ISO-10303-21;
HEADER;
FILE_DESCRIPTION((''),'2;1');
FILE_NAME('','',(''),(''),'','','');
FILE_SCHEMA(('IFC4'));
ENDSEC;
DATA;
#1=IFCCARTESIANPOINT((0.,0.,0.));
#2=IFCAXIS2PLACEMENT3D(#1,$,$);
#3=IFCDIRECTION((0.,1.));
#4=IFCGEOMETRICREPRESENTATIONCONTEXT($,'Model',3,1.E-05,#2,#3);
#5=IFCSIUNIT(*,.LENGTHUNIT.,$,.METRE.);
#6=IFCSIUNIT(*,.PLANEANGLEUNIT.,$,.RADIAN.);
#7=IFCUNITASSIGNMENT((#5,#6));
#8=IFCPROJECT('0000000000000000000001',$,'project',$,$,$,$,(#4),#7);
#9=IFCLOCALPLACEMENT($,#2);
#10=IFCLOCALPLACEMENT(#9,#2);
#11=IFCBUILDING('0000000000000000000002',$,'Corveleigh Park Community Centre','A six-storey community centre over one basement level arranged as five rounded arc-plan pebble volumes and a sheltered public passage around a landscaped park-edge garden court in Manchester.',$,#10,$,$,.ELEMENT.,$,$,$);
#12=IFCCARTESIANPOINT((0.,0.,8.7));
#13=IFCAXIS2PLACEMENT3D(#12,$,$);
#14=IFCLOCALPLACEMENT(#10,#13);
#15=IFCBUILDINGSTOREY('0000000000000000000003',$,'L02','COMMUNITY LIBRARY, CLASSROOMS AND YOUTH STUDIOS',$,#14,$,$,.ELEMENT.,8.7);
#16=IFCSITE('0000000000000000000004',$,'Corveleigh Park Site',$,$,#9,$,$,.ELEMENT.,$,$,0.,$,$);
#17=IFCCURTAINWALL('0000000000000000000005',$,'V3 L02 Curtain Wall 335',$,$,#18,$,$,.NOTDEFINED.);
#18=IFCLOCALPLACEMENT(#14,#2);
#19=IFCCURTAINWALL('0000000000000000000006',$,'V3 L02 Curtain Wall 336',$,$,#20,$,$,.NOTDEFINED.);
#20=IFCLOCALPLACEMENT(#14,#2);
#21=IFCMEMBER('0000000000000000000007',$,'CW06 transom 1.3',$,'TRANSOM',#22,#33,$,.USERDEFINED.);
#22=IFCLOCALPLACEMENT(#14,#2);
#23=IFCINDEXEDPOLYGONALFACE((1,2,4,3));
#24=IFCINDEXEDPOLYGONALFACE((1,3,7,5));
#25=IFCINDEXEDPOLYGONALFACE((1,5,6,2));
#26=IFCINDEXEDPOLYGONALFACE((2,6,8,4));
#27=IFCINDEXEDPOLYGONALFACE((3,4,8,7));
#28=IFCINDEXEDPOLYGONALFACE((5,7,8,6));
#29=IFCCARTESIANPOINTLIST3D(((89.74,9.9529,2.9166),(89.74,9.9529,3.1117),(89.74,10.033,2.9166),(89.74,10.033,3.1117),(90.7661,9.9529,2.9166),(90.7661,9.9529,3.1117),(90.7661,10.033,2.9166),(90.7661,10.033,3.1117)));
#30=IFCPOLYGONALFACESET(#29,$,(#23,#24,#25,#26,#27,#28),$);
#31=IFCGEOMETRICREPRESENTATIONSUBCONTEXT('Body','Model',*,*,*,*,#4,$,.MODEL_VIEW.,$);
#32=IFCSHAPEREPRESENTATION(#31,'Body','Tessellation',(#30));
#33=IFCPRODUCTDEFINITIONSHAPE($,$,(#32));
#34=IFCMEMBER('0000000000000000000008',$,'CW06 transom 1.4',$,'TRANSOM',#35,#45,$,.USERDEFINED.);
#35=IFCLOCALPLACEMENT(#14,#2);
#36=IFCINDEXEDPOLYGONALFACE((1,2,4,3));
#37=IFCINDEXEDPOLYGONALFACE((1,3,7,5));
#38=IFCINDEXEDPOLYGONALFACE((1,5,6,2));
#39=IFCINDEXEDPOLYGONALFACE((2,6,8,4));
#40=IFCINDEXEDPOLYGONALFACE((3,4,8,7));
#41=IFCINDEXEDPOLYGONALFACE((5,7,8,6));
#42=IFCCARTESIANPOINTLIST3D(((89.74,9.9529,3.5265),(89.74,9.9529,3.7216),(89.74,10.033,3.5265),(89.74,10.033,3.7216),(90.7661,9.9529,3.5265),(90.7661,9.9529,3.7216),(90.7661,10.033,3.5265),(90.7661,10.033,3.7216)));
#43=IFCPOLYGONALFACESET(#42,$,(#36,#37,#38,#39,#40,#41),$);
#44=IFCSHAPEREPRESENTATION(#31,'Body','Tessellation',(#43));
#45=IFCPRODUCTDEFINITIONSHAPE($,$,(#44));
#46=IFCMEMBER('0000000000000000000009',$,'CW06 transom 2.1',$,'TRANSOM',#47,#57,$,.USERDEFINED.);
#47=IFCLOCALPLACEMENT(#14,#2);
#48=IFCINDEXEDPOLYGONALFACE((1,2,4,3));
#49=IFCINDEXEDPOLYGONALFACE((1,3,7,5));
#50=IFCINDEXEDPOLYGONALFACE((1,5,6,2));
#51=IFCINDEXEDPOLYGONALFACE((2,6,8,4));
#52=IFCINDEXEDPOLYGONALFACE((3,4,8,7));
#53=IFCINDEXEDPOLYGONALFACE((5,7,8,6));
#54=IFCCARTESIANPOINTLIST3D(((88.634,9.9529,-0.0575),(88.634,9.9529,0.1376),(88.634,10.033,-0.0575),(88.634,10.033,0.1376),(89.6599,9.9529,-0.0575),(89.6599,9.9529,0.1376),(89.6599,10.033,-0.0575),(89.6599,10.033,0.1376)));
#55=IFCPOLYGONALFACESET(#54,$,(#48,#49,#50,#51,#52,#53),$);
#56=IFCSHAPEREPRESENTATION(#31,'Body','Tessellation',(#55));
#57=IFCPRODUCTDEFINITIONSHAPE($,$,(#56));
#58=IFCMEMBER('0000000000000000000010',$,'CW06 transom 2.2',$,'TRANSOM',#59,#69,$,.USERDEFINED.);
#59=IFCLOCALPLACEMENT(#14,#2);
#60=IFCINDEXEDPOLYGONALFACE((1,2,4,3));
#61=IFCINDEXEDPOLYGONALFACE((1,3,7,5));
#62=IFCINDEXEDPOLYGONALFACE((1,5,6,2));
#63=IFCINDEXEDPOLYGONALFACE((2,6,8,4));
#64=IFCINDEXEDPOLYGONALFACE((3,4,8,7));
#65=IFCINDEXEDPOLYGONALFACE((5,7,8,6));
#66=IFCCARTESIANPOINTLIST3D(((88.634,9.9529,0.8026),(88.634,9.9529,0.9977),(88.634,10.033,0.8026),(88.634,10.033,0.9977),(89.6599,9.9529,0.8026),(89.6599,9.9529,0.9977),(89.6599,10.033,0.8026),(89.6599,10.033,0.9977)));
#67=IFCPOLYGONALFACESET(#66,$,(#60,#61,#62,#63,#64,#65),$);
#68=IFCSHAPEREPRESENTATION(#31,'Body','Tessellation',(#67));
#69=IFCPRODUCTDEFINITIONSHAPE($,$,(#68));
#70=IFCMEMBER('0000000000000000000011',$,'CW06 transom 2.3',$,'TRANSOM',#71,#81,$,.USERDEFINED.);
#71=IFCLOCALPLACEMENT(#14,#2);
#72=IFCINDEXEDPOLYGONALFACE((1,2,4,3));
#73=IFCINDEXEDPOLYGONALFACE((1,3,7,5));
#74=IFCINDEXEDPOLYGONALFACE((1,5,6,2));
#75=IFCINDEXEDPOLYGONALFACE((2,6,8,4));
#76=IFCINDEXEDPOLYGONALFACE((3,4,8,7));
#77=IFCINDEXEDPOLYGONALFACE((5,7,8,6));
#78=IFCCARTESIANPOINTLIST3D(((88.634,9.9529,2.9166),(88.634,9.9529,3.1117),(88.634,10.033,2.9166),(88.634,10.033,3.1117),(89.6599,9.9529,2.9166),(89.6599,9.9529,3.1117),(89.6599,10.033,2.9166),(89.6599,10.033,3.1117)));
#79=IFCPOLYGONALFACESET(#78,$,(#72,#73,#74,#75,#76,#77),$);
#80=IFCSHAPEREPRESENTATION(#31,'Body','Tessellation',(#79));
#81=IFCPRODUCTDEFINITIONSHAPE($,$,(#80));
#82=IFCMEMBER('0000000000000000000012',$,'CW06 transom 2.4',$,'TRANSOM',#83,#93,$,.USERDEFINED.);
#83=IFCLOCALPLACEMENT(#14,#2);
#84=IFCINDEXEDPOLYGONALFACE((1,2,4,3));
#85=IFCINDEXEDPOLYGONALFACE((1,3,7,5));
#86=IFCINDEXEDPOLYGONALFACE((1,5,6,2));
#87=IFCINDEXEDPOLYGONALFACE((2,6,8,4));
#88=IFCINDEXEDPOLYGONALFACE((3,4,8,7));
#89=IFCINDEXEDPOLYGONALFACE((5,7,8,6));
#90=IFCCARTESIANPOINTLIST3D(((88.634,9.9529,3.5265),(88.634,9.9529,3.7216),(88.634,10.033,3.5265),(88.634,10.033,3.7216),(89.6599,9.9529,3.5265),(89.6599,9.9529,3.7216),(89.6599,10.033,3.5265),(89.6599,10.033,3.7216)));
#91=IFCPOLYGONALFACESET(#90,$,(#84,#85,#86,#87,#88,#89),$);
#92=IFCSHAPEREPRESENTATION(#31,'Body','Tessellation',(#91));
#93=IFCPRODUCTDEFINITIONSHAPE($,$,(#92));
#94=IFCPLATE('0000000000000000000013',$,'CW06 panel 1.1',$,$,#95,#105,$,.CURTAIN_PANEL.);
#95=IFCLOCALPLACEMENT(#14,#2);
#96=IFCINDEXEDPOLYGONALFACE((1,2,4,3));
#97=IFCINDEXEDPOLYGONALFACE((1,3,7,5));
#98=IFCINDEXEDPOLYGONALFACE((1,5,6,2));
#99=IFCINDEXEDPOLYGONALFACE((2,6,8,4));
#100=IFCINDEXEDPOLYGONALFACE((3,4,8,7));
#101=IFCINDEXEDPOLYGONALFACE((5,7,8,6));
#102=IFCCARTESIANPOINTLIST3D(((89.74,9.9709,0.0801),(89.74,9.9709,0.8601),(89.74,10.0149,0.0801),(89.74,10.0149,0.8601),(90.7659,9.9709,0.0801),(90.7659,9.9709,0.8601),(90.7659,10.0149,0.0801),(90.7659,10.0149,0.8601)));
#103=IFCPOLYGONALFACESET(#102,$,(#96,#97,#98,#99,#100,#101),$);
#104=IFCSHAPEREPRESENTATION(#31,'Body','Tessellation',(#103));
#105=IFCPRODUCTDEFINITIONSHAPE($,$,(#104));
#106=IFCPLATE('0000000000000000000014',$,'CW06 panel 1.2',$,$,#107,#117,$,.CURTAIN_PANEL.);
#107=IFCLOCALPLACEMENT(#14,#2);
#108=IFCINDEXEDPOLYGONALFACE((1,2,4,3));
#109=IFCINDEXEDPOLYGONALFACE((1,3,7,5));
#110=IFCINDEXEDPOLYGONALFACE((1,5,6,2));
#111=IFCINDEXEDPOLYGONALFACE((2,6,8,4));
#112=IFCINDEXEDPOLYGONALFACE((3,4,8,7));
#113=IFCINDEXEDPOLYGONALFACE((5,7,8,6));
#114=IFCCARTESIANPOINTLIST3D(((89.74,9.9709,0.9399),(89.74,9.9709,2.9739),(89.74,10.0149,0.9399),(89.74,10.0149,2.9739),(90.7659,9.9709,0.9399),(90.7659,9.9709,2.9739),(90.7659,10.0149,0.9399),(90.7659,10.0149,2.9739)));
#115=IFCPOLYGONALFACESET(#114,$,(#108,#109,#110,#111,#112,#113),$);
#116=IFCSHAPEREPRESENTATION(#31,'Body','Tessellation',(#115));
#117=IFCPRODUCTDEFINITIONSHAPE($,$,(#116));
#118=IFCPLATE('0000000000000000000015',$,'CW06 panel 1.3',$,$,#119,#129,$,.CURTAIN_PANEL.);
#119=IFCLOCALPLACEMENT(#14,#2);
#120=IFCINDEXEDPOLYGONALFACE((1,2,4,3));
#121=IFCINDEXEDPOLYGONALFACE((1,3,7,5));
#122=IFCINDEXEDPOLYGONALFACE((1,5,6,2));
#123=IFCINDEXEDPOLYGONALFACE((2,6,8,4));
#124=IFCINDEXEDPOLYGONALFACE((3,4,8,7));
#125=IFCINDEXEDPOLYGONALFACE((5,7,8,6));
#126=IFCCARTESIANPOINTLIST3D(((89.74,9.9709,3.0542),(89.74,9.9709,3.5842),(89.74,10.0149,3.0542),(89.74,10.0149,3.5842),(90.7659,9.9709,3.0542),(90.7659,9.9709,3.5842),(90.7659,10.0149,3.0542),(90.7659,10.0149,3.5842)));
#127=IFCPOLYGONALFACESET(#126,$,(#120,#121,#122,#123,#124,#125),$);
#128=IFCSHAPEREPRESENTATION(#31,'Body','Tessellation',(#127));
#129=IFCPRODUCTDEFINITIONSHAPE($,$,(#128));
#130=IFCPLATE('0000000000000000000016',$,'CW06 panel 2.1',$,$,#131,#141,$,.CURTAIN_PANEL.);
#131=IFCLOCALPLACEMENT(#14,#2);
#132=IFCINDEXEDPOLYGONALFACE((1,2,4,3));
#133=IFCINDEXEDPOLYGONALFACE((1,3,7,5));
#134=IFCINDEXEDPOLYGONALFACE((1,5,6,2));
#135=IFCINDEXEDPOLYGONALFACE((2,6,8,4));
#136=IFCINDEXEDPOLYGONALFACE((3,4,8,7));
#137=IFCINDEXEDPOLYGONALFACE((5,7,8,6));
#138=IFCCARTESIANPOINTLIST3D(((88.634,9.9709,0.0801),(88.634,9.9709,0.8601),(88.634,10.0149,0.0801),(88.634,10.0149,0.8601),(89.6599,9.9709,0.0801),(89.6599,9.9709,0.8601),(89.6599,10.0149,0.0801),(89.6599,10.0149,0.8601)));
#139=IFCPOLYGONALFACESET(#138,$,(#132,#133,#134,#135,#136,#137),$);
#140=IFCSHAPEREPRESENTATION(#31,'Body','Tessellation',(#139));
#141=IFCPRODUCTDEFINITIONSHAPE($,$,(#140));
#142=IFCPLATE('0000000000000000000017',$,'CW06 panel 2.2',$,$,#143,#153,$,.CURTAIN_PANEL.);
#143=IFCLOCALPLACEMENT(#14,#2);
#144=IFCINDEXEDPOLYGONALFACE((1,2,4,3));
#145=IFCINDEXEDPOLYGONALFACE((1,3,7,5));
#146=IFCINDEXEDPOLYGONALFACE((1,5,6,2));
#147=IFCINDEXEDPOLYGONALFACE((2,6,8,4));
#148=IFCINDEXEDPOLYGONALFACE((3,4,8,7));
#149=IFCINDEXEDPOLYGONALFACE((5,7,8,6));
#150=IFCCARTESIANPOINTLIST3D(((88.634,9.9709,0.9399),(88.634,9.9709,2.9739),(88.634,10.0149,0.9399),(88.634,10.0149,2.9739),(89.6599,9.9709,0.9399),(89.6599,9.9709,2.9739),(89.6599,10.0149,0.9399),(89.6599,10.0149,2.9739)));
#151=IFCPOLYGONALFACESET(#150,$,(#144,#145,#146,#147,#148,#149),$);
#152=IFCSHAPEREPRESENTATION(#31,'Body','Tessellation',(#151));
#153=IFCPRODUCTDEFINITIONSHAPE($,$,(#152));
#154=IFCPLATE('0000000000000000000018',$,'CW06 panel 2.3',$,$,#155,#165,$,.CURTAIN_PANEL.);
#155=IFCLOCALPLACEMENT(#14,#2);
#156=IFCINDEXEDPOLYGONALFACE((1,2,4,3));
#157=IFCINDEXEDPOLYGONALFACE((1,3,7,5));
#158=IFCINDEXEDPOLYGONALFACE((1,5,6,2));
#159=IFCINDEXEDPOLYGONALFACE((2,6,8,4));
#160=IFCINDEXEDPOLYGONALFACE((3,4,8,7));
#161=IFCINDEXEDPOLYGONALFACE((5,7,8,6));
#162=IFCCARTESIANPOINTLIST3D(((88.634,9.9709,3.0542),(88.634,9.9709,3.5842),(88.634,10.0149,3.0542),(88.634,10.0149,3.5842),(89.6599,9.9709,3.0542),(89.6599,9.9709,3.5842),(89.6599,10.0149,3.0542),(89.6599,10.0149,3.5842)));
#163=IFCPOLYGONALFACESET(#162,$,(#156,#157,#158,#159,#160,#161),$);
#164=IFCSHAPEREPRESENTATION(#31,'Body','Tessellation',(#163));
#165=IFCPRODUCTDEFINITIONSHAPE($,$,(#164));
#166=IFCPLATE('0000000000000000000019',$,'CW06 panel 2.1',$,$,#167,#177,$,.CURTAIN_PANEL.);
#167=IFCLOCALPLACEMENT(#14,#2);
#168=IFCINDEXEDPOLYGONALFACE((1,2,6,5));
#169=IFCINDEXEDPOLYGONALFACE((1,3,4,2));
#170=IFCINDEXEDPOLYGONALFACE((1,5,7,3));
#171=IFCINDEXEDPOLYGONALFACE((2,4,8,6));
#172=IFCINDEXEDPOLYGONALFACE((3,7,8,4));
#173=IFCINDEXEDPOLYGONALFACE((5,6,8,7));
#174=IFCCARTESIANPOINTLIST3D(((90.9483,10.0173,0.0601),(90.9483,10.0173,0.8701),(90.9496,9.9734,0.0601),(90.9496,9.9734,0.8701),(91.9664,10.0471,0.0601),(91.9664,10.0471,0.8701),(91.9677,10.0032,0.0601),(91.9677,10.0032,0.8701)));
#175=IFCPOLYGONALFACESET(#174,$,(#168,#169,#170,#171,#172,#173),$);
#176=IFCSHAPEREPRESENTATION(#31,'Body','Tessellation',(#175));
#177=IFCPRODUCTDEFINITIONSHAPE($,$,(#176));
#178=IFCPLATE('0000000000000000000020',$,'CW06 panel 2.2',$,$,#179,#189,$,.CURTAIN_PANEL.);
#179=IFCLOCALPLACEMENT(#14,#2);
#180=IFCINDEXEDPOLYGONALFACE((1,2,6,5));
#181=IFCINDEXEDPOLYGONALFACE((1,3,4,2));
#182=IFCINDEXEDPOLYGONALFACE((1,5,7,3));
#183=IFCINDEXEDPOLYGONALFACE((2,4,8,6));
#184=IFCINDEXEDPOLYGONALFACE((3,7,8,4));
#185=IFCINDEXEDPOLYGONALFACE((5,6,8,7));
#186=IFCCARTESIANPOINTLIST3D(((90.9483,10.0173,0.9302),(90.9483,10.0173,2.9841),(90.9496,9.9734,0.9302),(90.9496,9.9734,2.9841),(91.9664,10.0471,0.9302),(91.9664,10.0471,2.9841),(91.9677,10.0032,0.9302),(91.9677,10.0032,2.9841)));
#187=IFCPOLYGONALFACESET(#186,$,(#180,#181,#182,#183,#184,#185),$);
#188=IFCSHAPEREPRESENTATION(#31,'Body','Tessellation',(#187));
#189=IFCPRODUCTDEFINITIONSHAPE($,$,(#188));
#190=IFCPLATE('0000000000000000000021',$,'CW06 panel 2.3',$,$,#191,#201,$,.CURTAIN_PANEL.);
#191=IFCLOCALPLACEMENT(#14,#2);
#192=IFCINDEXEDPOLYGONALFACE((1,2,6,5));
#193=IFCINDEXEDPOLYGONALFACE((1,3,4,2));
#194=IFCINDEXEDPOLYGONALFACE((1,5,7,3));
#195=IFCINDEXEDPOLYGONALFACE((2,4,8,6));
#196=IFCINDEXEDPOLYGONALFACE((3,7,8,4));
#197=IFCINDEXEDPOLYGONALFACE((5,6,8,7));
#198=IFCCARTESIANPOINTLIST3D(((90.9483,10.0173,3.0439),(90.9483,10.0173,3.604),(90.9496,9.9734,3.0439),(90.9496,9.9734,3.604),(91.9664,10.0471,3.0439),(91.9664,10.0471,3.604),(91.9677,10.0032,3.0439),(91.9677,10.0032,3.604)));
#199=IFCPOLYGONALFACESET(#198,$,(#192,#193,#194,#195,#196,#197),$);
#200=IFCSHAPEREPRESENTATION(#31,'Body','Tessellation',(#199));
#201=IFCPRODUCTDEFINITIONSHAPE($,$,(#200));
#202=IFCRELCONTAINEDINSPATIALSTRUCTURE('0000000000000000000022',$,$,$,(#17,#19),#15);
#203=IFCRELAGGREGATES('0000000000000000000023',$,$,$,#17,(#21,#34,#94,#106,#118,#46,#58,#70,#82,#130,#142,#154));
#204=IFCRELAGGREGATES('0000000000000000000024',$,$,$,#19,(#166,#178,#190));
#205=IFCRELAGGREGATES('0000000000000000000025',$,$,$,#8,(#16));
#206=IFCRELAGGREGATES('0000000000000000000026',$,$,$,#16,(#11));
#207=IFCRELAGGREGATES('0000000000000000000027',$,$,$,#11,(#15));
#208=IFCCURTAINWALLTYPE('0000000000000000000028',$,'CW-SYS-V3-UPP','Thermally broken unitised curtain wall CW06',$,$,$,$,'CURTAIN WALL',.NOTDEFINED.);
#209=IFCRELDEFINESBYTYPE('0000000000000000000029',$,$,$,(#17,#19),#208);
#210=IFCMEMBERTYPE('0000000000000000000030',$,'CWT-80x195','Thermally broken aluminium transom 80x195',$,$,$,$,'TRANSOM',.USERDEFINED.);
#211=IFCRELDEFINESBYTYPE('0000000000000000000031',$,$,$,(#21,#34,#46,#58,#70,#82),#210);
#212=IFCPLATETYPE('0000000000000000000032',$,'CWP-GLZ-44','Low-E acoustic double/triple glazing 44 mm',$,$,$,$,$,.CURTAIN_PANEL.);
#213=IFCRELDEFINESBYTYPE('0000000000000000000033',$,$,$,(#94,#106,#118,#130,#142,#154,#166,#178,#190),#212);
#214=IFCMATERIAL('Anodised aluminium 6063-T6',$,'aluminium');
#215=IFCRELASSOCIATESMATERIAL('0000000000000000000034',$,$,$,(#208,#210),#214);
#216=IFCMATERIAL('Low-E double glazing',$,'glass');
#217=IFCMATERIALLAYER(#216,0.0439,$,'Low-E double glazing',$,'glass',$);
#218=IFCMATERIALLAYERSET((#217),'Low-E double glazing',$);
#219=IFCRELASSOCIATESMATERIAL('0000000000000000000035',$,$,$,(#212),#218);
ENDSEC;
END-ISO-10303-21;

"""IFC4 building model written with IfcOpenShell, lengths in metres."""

from ifc_helpers import new_model, si_unit, direction, frame, origin, origin_2d, place, context, subcontext, project, spatial, rectangle, extrude, material, layer, layer_set, material_profile, profile_set, type_object, element, aggregate, save


model = new_model("IFC4")

# Units and contexts
model_context = context("Model", 3, precision=1e-05, world=origin(), true_north=direction((0.0, 1.0)))
body_context = subcontext(model_context, "Body", "Model", "MODEL_VIEW")
ifc_project = project(units=[si_unit("LENGTHUNIT", "METRE"), si_unit("PLANEANGLEUNIT", "RADIAN")], contexts=[model_context])

# Site, building, storey
site_placement = place(None, origin())
site = spatial("IfcSite", under=ifc_project, at=site_placement, Name="Corveleigh Park Site", CompositionType="ELEMENT", RefElevation=0.0)
building_placement = place(site_placement, origin())
building = spatial("IfcBuilding", under=site, at=building_placement, Name="Corveleigh Park Community Centre", Description="A six-storey community centre over one basement level arranged as five rounded arc-plan pebble volumes and a sheltered public passage around a landscaped park-edge garden court in Manchester.", CompositionType="ELEMENT")
storey_placement = place(building_placement, frame((0.0, 0.0, 8.7)))
storey = spatial("IfcBuildingStorey", under=building, at=storey_placement, Name="L02", Description="COMMUNITY LIBRARY, CLASSROOMS AND YOUTH STUDIOS", CompositionType="ELEMENT", Elevation=8.7)

# Shared definitions
ifc_material_1 = material(Name="Anodised aluminium 6063-T6", Category="aluminium")
curtain_wall_type = type_object("IfcCurtainWallType", Name="CW-SYS-V3-UPP", Description="Thermally broken unitised curtain wall CW06", ElementType="CURTAIN WALL", PredefinedType="NOTDEFINED", material=ifc_material_1)

# Curtain walls
curtain_wall_1_placement = place(storey_placement, origin())
curtain_wall_1 = element("IfcCurtainWall", 1, at=curtain_wall_1_placement, inside=storey, type_object=curtain_wall_type, Name="V3 L02 Curtain Wall 335", PredefinedType="NOTDEFINED")
curtain_wall_2_placement = place(storey_placement, origin())
curtain_wall_2 = element("IfcCurtainWall", 2, at=curtain_wall_2_placement, inside=storey, type_object=curtain_wall_type, Name="V3 L02 Curtain Wall 336", PredefinedType="NOTDEFINED")

# Members
ifc_material_profile_1 = material_profile(ifc_material_1, rectangle(XDim=0.0801, YDim=0.1951, at=origin_2d()), Name="ALU-T80x195", Category="aluminium")
ifc_profile_set_1 = profile_set([ifc_material_profile_1], Name="Anodised aluminium 6063-T6")
member_type_1 = type_object("IfcMemberType", Name="CWT-80x195", Description="Thermally broken aluminium transom 80x195", ElementType="TRANSOM", PredefinedType="USERDEFINED", material=ifc_profile_set_1)
member_1_placement = place(storey_placement, frame((90.7661, 9.9929, 3.0142), z_axis=(-1.0, 0.0, 0.0), x_axis=(0.0, -1.0, 0.0)))
member_1 = element("IfcMember", 3, at=member_1_placement, type_object=member_type_1, Name="CW06 transom 1.3", ObjectType="TRANSOM", PredefinedType="USERDEFINED", context=body_context, shape_type="SweptSolid", body=[
    extrude(rectangle(XDim=0.0801, YDim=0.1951, at=origin_2d()), origin(), (0.0, 0.0, 1.0), 1.0261),
])
member_2_placement = place(storey_placement, frame((90.7661, 9.9929, 3.624), z_axis=(-1.0, 0.0, 0.0), x_axis=(0.0, -1.0, 0.0)))
member_2 = element("IfcMember", 4, at=member_2_placement, type_object=member_type_1, Name="CW06 transom 1.4", ObjectType="TRANSOM", PredefinedType="USERDEFINED", context=body_context, shape_type="SweptSolid", body=[
    extrude(rectangle(XDim=0.0801, YDim=0.1951, at=origin_2d()), origin(), (0.0, 0.0, 1.0), 1.0261),
])
member_3_placement = place(storey_placement, frame((89.6599, 9.9929, 0.04), z_axis=(-1.0, 0.0, 0.0), x_axis=(0.0, -1.0, 0.0)))
member_3 = element("IfcMember", 5, at=member_3_placement, type_object=member_type_1, Name="CW06 transom 2.1", ObjectType="TRANSOM", PredefinedType="USERDEFINED", context=body_context, shape_type="SweptSolid", body=[
    extrude(rectangle(XDim=0.0801, YDim=0.1951, at=origin_2d()), origin(), (0.0, 0.0, 1.0), 1.0259),
])
member_4_placement = place(storey_placement, frame((89.6599, 9.9929, 0.9001), z_axis=(-1.0, 0.0, 0.0), x_axis=(0.0, -1.0, 0.0)))
member_4 = element("IfcMember", 6, at=member_4_placement, type_object=member_type_1, Name="CW06 transom 2.2", ObjectType="TRANSOM", PredefinedType="USERDEFINED", context=body_context, shape_type="SweptSolid", body=[
    extrude(rectangle(XDim=0.0801, YDim=0.1951, at=origin_2d()), origin(), (0.0, 0.0, 1.0), 1.0259),
])
member_5_placement = place(storey_placement, frame((89.6599, 9.9929, 3.0142), z_axis=(-1.0, 0.0, 0.0), x_axis=(0.0, -1.0, 0.0)))
member_5 = element("IfcMember", 7, at=member_5_placement, type_object=member_type_1, Name="CW06 transom 2.3", ObjectType="TRANSOM", PredefinedType="USERDEFINED", context=body_context, shape_type="SweptSolid", body=[
    extrude(rectangle(XDim=0.0801, YDim=0.1951, at=origin_2d()), origin(), (0.0, 0.0, 1.0), 1.0259),
])
member_6_placement = place(storey_placement, frame((89.6599, 9.9929, 3.624), z_axis=(-1.0, 0.0, 0.0), x_axis=(0.0, -1.0, 0.0)))
member_6 = element("IfcMember", 8, at=member_6_placement, type_object=member_type_1, Name="CW06 transom 2.4", ObjectType="TRANSOM", PredefinedType="USERDEFINED", context=body_context, shape_type="SweptSolid", body=[
    extrude(rectangle(XDim=0.0801, YDim=0.1951, at=origin_2d()), origin(), (0.0, 0.0, 1.0), 1.0259),
])

# Plates
ifc_material_2 = material(Name="Low-E double glazing", Category="glass")
ifc_layer = layer(ifc_material_2, 0.0439, Name="Low-E double glazing", Category="glass")
ifc_layer_set = layer_set([ifc_layer], Name="Low-E double glazing")
plate_type = type_object("IfcPlateType", Name="CWP-GLZ-44", Description="Low-E acoustic double/triple glazing 44 mm", PredefinedType="CURTAIN_PANEL", material=ifc_layer_set)
plate_1_placement = place(storey_placement, frame((90.2529, 9.9929, 0.0801), z_axis=(0.0, 0.0, 1.0), x_axis=(-1.0, 0.0, 0.0)))
plate_1 = element("IfcPlate", 9, at=plate_1_placement, type_object=plate_type, Name="CW06 panel 1.1", PredefinedType="CURTAIN_PANEL", context=body_context, shape_type="SweptSolid", body=[
    extrude(rectangle(XDim=1.0259, YDim=0.0439, at=origin_2d()), origin(), (0.0, 0.0, 1.0), 0.78),
])
plate_2_placement = place(storey_placement, frame((90.2529, 9.9929, 0.9399), z_axis=(0.0, 0.0, 1.0), x_axis=(-1.0, 0.0, 0.0)))
plate_2 = element("IfcPlate", 10, at=plate_2_placement, type_object=plate_type, Name="CW06 panel 1.2", PredefinedType="CURTAIN_PANEL", context=body_context, shape_type="SweptSolid", body=[
    extrude(rectangle(XDim=1.0259, YDim=0.0439, at=origin_2d()), origin(), (0.0, 0.0, 1.0), 2.0339),
])
plate_3_placement = place(storey_placement, frame((90.2529, 9.9929, 3.0542), z_axis=(0.0, 0.0, 1.0), x_axis=(-1.0, 0.0, 0.0)))
plate_3 = element("IfcPlate", 11, at=plate_3_placement, type_object=plate_type, Name="CW06 panel 1.3", PredefinedType="CURTAIN_PANEL", context=body_context, shape_type="SweptSolid", body=[
    extrude(rectangle(XDim=1.0259, YDim=0.0439, at=origin_2d()), origin(), (0.0, 0.0, 1.0), 0.53),
])
plate_4_placement = place(storey_placement, frame((89.147, 9.9929, 0.0801), z_axis=(0.0, 0.0, 1.0), x_axis=(-1.0, 0.0, 0.0)))
plate_4 = element("IfcPlate", 12, at=plate_4_placement, type_object=plate_type, Name="CW06 panel 2.1", PredefinedType="CURTAIN_PANEL", context=body_context, shape_type="SweptSolid", body=[
    extrude(rectangle(XDim=1.0259, YDim=0.0439, at=origin_2d()), origin(), (0.0, 0.0, 1.0), 0.78),
])
plate_5_placement = place(storey_placement, frame((89.147, 9.9929, 0.9399), z_axis=(0.0, 0.0, 1.0), x_axis=(-1.0, 0.0, 0.0)))
plate_5 = element("IfcPlate", 13, at=plate_5_placement, type_object=plate_type, Name="CW06 panel 2.2", PredefinedType="CURTAIN_PANEL", context=body_context, shape_type="SweptSolid", body=[
    extrude(rectangle(XDim=1.0259, YDim=0.0439, at=origin_2d()), origin(), (0.0, 0.0, 1.0), 2.0339),
])
plate_6_placement = place(storey_placement, frame((89.147, 9.9929, 3.0542), z_axis=(0.0, 0.0, 1.0), x_axis=(-1.0, 0.0, 0.0)))
plate_6 = element("IfcPlate", 14, at=plate_6_placement, type_object=plate_type, Name="CW06 panel 2.3", PredefinedType="CURTAIN_PANEL", context=body_context, shape_type="SweptSolid", body=[
    extrude(rectangle(XDim=1.0259, YDim=0.0439, at=origin_2d()), origin(), (0.0, 0.0, 1.0), 0.53),
])
aggregate(curtain_wall_1, [member_1, member_2, plate_1, plate_2, plate_3, member_3, member_4, member_5, member_6, plate_4, plate_5, plate_6])
plate_7_placement = place(storey_placement, frame((91.458, 10.0103, 0.0601), z_axis=(0.0, 0.0, 1.0), x_axis=(-0.999573, -0.029232, 0.0)))
plate_7 = element("IfcPlate", 15, at=plate_7_placement, type_object=plate_type, Name="CW06 panel 2.1", PredefinedType="CURTAIN_PANEL", context=body_context, shape_type="SweptSolid", body=[
    extrude(rectangle(XDim=1.0186, YDim=0.0439, at=origin_2d()), origin(), (0.0, 0.0, 1.0), 0.8101),
])
plate_8_placement = place(storey_placement, frame((91.458, 10.0103, 0.9302), z_axis=(0.0, 0.0, 1.0), x_axis=(-0.999573, -0.029232, 0.0)))
plate_8 = element("IfcPlate", 16, at=plate_8_placement, type_object=plate_type, Name="CW06 panel 2.2", PredefinedType="CURTAIN_PANEL", context=body_context, shape_type="SweptSolid", body=[
    extrude(rectangle(XDim=1.0186, YDim=0.0439, at=origin_2d()), origin(), (0.0, 0.0, 1.0), 2.054),
])
plate_9_placement = place(storey_placement, frame((91.458, 10.0103, 3.0439), z_axis=(0.0, 0.0, 1.0), x_axis=(-0.999573, -0.029232, 0.0)))
plate_9 = element("IfcPlate", 17, at=plate_9_placement, type_object=plate_type, Name="CW06 panel 2.3", PredefinedType="CURTAIN_PANEL", context=body_context, shape_type="SweptSolid", body=[
    extrude(rectangle(XDim=1.0186, YDim=0.0439, at=origin_2d()), origin(), (0.0, 0.0, 1.0), 0.5601),
])
aggregate(curtain_wall_2, [plate_7, plate_8, plate_9])

save(model, "model.ifc")
